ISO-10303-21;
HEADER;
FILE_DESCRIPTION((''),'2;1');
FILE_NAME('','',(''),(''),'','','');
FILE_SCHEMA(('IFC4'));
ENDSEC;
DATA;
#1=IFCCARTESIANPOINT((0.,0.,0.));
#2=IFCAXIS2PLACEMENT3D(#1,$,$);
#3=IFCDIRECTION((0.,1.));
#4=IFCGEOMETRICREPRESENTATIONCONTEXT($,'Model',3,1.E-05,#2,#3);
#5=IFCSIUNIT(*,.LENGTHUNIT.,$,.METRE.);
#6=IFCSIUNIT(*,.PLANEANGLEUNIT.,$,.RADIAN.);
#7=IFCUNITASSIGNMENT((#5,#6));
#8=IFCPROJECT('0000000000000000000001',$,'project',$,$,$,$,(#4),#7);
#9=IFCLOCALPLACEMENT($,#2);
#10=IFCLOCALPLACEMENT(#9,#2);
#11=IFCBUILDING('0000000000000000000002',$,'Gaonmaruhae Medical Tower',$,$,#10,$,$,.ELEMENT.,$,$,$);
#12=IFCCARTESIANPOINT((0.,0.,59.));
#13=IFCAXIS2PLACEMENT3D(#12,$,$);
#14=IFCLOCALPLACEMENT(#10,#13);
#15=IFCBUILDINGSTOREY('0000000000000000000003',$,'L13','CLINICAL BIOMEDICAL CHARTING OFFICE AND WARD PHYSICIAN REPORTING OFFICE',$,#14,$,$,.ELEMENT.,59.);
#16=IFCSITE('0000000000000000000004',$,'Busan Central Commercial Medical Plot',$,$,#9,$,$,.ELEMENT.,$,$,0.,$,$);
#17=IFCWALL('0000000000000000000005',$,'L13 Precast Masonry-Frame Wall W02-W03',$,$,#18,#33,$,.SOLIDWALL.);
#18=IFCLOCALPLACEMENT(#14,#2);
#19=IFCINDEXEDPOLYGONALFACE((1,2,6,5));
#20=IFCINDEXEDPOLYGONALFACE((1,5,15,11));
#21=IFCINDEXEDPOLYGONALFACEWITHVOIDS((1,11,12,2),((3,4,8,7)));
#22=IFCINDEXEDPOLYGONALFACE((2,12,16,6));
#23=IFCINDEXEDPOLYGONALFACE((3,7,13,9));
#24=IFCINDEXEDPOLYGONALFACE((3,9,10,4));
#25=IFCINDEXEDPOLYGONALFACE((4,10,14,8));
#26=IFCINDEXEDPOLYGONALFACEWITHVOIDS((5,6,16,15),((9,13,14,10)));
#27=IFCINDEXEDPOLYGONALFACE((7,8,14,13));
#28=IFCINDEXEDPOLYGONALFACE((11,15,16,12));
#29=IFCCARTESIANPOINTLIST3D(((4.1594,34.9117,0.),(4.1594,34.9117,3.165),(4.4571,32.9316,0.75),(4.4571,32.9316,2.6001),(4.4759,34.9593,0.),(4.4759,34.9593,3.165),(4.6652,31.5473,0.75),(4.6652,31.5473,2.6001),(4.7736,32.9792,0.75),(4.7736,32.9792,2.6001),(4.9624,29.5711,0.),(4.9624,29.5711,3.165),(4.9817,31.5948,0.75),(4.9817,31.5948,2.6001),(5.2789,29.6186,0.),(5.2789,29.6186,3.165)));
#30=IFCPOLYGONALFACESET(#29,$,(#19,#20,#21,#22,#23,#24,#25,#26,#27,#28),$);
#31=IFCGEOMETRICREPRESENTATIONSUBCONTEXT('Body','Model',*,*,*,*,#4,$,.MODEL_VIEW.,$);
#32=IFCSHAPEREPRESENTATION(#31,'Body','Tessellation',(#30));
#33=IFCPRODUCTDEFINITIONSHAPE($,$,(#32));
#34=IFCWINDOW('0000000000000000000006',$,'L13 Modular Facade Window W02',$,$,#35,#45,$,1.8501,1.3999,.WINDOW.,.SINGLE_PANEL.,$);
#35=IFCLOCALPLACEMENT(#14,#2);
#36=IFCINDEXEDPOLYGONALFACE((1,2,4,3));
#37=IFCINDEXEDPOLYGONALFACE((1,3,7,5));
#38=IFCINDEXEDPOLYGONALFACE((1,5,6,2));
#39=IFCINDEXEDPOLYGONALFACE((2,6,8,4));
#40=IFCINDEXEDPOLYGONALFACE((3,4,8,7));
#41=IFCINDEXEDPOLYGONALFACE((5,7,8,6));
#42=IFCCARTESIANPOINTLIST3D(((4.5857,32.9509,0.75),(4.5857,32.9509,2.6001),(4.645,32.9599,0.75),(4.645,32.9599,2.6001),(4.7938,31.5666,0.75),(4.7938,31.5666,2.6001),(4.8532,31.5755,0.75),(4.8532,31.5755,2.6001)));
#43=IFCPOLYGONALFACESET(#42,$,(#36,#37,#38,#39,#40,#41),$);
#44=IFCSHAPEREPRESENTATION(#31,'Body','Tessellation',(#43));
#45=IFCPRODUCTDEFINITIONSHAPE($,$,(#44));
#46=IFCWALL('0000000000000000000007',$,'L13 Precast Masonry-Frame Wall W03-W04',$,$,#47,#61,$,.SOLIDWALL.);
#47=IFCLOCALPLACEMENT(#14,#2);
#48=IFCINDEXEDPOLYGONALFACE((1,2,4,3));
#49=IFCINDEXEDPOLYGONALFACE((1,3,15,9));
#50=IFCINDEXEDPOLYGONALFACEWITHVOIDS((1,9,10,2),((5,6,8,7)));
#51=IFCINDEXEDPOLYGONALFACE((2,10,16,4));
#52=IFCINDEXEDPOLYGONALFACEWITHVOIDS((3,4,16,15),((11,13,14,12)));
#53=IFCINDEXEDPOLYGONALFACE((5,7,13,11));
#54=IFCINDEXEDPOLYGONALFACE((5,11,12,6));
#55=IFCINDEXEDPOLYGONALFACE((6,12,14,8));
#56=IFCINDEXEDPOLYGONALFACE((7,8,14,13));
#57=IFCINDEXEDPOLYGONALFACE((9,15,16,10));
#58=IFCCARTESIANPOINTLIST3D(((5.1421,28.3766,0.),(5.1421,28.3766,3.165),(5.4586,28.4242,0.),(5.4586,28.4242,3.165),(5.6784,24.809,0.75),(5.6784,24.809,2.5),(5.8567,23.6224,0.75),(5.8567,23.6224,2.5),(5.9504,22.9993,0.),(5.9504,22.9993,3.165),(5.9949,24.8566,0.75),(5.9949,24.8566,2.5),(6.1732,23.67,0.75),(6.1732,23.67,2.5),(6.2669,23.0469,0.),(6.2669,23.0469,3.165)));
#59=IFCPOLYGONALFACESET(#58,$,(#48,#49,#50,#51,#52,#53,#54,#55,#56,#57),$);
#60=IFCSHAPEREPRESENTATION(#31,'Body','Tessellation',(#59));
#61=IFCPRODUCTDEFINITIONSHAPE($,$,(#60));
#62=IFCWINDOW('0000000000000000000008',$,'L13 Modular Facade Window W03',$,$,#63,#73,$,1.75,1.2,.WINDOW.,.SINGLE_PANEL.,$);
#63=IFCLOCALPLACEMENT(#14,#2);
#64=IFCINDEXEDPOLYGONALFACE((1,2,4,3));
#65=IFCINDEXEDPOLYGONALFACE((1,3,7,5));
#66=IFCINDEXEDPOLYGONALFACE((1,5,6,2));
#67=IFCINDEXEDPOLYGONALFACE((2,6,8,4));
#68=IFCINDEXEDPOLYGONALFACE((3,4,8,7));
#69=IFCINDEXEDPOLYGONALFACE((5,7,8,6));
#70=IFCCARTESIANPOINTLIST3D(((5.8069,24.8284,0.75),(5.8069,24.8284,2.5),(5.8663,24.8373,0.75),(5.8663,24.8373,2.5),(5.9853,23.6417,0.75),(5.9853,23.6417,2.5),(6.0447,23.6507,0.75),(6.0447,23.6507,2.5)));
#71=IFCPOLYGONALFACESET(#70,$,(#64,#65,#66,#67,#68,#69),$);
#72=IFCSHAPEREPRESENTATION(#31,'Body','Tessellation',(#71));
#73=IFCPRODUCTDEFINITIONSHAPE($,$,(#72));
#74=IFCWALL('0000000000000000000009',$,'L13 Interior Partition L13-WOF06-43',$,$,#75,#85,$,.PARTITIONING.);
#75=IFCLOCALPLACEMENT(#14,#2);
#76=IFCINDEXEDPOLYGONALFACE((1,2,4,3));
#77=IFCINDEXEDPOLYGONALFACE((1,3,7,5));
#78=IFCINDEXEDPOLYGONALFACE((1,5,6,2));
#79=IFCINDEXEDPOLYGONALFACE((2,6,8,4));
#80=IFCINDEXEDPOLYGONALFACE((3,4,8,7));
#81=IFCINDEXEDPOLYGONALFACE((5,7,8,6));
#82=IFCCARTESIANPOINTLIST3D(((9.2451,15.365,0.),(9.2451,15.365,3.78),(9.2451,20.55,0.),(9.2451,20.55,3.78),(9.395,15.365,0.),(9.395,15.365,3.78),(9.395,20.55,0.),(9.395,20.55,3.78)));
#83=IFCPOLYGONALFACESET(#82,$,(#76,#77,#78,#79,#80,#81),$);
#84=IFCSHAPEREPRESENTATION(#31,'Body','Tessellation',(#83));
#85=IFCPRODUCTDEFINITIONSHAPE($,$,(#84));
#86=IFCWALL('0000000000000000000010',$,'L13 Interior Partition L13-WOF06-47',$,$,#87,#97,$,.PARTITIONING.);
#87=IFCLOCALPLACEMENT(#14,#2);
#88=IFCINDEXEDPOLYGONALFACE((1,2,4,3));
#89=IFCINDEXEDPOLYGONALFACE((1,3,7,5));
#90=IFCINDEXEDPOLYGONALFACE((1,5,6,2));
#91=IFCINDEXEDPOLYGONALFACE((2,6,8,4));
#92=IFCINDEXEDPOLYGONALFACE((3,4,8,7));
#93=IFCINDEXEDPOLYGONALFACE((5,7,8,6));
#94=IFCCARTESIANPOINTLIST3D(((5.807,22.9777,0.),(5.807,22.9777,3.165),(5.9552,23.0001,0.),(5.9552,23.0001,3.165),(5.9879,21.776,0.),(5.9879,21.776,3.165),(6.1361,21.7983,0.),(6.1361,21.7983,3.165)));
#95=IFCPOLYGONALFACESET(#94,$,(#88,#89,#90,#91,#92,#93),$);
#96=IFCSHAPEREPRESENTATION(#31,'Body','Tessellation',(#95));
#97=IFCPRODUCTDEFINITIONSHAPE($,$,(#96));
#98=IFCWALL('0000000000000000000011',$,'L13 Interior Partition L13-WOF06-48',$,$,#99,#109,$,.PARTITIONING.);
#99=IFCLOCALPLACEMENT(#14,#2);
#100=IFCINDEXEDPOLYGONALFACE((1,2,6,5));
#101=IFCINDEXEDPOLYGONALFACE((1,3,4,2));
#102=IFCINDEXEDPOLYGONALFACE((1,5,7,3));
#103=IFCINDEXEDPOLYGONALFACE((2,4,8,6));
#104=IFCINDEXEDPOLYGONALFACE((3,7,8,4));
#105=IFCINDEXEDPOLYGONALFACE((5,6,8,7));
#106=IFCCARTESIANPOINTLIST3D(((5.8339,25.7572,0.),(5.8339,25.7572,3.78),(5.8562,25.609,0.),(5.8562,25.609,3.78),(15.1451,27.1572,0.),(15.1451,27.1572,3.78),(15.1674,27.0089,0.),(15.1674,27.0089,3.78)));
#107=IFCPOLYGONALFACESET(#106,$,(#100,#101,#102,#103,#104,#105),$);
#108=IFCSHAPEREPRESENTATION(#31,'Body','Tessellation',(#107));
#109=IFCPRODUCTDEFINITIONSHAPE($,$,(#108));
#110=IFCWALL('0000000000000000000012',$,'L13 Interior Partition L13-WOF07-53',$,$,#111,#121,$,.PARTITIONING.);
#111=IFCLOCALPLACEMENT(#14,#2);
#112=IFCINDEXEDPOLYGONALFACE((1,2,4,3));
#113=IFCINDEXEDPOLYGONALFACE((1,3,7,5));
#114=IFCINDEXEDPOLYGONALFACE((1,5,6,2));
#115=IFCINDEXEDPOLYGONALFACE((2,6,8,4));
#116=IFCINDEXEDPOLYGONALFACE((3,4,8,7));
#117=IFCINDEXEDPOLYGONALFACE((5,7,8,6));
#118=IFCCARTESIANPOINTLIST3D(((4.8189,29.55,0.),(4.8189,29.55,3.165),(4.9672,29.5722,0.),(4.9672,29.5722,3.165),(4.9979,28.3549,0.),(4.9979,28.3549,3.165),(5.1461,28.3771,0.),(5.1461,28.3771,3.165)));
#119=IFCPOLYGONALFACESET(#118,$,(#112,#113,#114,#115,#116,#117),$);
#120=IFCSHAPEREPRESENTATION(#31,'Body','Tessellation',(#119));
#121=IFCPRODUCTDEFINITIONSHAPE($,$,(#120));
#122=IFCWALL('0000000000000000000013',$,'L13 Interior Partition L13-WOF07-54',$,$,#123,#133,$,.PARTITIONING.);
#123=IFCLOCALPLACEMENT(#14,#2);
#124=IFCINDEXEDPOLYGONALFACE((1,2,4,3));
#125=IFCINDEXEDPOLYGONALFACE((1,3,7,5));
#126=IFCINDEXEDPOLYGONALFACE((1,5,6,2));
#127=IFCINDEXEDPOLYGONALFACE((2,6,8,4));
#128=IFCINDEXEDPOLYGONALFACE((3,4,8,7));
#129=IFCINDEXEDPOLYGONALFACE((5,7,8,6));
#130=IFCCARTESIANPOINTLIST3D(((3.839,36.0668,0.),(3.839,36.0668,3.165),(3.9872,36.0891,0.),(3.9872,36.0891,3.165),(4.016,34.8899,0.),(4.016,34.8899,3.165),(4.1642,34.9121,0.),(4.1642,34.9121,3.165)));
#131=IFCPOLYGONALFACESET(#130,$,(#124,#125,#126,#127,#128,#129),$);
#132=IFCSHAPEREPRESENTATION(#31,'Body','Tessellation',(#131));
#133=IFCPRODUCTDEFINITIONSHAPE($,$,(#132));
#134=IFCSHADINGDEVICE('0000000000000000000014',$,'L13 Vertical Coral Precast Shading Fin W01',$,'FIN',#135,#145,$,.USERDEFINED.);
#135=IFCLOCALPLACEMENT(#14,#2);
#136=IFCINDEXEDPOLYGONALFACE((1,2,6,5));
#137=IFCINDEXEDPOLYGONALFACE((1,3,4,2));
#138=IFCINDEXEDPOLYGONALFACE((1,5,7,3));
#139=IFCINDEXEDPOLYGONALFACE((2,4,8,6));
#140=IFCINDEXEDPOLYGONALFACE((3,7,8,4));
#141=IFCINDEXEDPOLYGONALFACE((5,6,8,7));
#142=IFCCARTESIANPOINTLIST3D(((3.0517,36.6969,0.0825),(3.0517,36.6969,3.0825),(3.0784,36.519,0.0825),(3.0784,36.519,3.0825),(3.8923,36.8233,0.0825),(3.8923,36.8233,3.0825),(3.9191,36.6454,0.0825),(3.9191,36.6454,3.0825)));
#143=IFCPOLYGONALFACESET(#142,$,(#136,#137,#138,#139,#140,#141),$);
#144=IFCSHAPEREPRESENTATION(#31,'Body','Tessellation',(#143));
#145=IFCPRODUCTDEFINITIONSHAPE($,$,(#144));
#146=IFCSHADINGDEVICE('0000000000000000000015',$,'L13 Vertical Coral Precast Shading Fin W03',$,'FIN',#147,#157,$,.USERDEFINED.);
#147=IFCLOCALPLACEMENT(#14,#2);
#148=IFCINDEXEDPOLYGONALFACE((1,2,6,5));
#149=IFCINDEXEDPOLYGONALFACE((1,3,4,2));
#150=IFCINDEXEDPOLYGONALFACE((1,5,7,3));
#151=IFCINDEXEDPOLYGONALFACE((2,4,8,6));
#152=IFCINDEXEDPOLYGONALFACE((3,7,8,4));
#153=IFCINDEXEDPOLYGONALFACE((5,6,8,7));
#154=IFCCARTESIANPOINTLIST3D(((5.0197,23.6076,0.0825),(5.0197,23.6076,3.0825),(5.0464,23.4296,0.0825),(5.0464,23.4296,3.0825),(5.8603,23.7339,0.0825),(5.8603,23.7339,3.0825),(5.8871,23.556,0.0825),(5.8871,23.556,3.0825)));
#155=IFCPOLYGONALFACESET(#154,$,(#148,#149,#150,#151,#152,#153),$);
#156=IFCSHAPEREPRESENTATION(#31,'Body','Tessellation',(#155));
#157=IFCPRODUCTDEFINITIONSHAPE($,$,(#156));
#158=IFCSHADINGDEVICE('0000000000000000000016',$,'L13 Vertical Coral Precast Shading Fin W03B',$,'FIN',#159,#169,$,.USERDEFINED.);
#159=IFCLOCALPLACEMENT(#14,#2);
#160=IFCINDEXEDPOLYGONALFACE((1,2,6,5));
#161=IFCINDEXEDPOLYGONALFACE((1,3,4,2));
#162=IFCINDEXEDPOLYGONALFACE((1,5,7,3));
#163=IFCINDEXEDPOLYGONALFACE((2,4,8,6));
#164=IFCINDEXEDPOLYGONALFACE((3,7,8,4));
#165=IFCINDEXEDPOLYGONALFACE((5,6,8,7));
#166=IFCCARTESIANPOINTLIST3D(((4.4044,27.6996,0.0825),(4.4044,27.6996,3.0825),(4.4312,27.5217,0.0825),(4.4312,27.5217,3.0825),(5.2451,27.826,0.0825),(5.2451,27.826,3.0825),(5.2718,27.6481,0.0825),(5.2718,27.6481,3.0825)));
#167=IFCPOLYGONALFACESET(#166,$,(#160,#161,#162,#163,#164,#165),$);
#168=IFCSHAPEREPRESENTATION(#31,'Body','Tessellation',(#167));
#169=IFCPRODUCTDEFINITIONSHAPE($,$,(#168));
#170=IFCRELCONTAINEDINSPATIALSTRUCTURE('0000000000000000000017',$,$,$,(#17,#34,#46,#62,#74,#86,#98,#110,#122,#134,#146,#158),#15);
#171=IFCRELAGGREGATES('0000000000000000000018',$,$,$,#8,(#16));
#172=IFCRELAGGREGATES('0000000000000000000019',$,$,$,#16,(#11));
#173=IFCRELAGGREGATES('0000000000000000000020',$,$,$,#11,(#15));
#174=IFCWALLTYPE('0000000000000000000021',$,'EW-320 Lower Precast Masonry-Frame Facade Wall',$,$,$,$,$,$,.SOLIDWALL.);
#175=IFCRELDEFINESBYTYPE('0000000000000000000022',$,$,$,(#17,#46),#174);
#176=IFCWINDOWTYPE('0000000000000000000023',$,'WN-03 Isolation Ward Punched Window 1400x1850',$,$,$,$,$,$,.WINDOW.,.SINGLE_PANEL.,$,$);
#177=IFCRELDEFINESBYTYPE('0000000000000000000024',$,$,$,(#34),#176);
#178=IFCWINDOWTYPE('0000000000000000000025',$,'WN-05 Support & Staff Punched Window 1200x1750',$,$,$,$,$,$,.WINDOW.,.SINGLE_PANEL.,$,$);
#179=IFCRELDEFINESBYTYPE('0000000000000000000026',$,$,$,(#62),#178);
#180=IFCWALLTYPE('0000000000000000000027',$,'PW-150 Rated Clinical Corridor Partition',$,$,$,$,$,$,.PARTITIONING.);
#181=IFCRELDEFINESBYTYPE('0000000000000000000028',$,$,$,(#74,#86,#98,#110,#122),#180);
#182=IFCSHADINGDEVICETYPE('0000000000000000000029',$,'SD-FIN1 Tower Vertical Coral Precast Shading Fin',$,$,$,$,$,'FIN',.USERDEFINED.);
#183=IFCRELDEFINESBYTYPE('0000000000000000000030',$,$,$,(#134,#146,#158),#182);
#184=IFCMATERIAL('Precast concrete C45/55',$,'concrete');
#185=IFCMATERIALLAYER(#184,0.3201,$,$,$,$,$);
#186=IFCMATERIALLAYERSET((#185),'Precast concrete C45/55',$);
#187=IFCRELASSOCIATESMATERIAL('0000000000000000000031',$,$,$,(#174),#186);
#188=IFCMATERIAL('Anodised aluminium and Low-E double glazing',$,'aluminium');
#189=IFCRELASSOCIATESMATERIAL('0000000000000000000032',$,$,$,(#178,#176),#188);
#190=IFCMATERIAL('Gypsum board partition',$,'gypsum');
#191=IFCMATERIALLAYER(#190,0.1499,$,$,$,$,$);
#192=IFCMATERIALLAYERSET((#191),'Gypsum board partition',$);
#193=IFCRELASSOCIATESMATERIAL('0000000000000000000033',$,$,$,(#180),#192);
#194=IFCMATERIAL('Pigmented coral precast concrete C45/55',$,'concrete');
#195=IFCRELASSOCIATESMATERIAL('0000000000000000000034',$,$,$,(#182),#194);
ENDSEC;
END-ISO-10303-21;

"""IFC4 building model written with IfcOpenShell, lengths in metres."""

from ifc_helpers import new_model, si_unit, direction, frame, frame_2d, origin, origin_2d, place, context, subcontext, project, spatial, rectangle, extrude, material, layer, layer_set, type_object, element, fill, save


model = new_model("IFC4")

# Units and contexts
model_context = context("Model", 3, precision=1e-05, world=origin(), true_north=direction((0.0, 1.0)))
body_context = subcontext(model_context, "Body", "Model", "MODEL_VIEW")
ifc_project = project(units=[si_unit("LENGTHUNIT", "METRE"), si_unit("PLANEANGLEUNIT", "RADIAN")], contexts=[model_context])

# Site, building, storey
site_placement = place(None, origin())
site = spatial("IfcSite", under=ifc_project, at=site_placement, Name="Busan Central Commercial Medical Plot", CompositionType="ELEMENT", RefElevation=0.0)
building_placement = place(site_placement, origin())
building = spatial("IfcBuilding", under=site, at=building_placement, Name="Gaonmaruhae Medical Tower", CompositionType="ELEMENT")
storey_placement = place(building_placement, frame((0.0, 0.0, 59.0)))
storey = spatial("IfcBuildingStorey", under=building, at=storey_placement, Name="L13", Description="CLINICAL BIOMEDICAL CHARTING OFFICE AND WARD PHYSICIAN REPORTING OFFICE", CompositionType="ELEMENT", Elevation=59.0)

# Walls, openings, windows
ifc_material_1 = material(Name="Precast concrete C45/55", Category="concrete")
ifc_layer_1 = layer(ifc_material_1, 0.3201)
ifc_layer_set_1 = layer_set([ifc_layer_1], Name="Precast concrete C45/55")
wall_type_1 = type_object("IfcWallType", Name="EW-320 Lower Precast Masonry-Frame Facade Wall", PredefinedType="SOLIDWALL", material=ifc_layer_set_1)
ifc_material_2 = material(Name="Anodised aluminium and Low-E double glazing", Category="aluminium")
window_type_1 = type_object("IfcWindowType", Name="WN-05 Support & Staff Punched Window 1200x1750", PartitioningType="SINGLE_PANEL", PredefinedType="WINDOW", material=ifc_material_2)
wall_1_placement = place(storey_placement, frame((5.1206, 29.595, 0.0), z_axis=(0.0, 0.0, 1.0), x_axis=(-0.148683, 0.988885, 0.0)))
wall_1 = element("IfcWall", 1, at=wall_1_placement, inside=storey, type_object=wall_type_1, Name="L13 Precast Masonry-Frame Wall W02-W03", PredefinedType="SOLIDWALL", context=body_context, shape_type="SweptSolid", body=[
    extrude(rectangle(XDim=5.4006, YDim=0.3201, at=frame_2d((2.7002, 0.0))), origin(), (0.0, 0.0, 1.0), 3.165),
])
opening_1_placement = place(wall_1_placement, frame((1.9983, 0.0, 0.75)))
opening_1 = element("IfcOpeningElement", 2, at=opening_1_placement, cuts=wall_1, PredefinedType="OPENING", context=body_context, shape_type="SweptSolid", body=[
    extrude(rectangle(XDim=1.3999, YDim=1.8501, at=frame_2d((0.7, 0.925))), frame((0.0, 0.1699, 0.0), z_axis=(0.0, -1.0, 0.0), x_axis=(1.0, 0.0, 0.0)), (0.0, 0.0, 1.0), 0.3401),
])
window_type_2 = type_object("IfcWindowType", Name="WN-03 Isolation Ward Punched Window 1400x1850", PartitioningType="SINGLE_PANEL", PredefinedType="WINDOW", material=ifc_material_2)
window_1_placement = place(opening_1_placement, origin())
window_1 = element("IfcWindow", 3, at=window_1_placement, inside=storey, type_object=window_type_2, Name="L13 Modular Facade Window W02", OverallHeight=1.8501, OverallWidth=1.3999, PartitioningType="SINGLE_PANEL", PredefinedType="WINDOW", context=body_context, shape_type="SweptSolid", body=[
    extrude(rectangle(XDim=1.3999, YDim=1.8501, at=frame_2d((0.7, 0.925))), frame((0.0, 0.03, 0.0), z_axis=(0.0, -1.0, 0.0), x_axis=(1.0, 0.0, 0.0)), (0.0, 0.0, 1.0), 0.0601),
])
fill(opening_1, window_1)
wall_2_placement = place(storey_placement, frame((6.1086, 23.0232, 0.0), z_axis=(0.0, 0.0, 1.0), x_axis=(-0.148652, 0.98889, 0.0)))
wall_2 = element("IfcWall", 4, at=wall_2_placement, inside=storey, type_object=wall_type_1, Name="L13 Precast Masonry-Frame Wall W03-W04", PredefinedType="SOLIDWALL", context=body_context, shape_type="SweptSolid", body=[
    extrude(rectangle(XDim=5.4377, YDim=0.3201, at=frame_2d((2.7188, 0.0))), origin(), (0.0, 0.0, 1.0), 3.165),
])
opening_2_placement = place(wall_2_placement, frame((0.6299, 0.0, 0.75)))
opening_2 = element("IfcOpeningElement", 5, at=opening_2_placement, cuts=wall_2, PredefinedType="OPENING", context=body_context, shape_type="SweptSolid", body=[
    extrude(rectangle(XDim=1.2, YDim=1.75, at=frame_2d((0.6001, 0.875))), frame((0.0, 0.1699, 0.0), z_axis=(0.0, -1.0, 0.0), x_axis=(1.0, 0.0, 0.0)), (0.0, 0.0, 1.0), 0.3401),
])
window_2_placement = place(opening_2_placement, origin())
window_2 = element("IfcWindow", 6, at=window_2_placement, inside=storey, type_object=window_type_1, Name="L13 Modular Facade Window W03", OverallHeight=1.75, OverallWidth=1.2, PartitioningType="SINGLE_PANEL", PredefinedType="WINDOW", context=body_context, shape_type="SweptSolid", body=[
    extrude(rectangle(XDim=1.2, YDim=1.75, at=frame_2d((0.6001, 0.875))), frame((0.0, 0.03, 0.0), z_axis=(0.0, -1.0, 0.0), x_axis=(1.0, 0.0, 0.0)), (0.0, 0.0, 1.0), 0.0601),
])
fill(opening_2, window_2)

# Walls
ifc_material_3 = material(Name="Gypsum board partition", Category="gypsum")
ifc_layer_2 = layer(ifc_material_3, 0.1499)
ifc_layer_set_2 = layer_set([ifc_layer_2], Name="Gypsum board partition")
wall_type_2 = type_object("IfcWallType", Name="PW-150 Rated Clinical Corridor Partition", PredefinedType="PARTITIONING", material=ifc_layer_set_2)
wall_3_placement = place(storey_placement, frame((9.3201, 20.55, 0.0), z_axis=(0.0, 0.0, 1.0), x_axis=(0.0, -1.0, 0.0)))
element("IfcWall", 7, at=wall_3_placement, inside=storey, type_object=wall_type_2, Name="L13 Interior Partition L13-WOF06-43", PredefinedType="PARTITIONING", context=body_context, shape_type="SweptSolid", body=[
    extrude(rectangle(XDim=5.1851, YDim=0.1499, at=frame_2d((2.5925, 0.0))), origin(), (0.0, 0.0, 1.0), 3.78),
])
wall_4_placement = place(storey_placement, frame((6.062, 21.7871, 0.0), z_axis=(0.0, 0.0, 1.0), x_axis=(-0.148841, 0.988861, 0.0)))
element("IfcWall", 8, at=wall_4_placement, inside=storey, type_object=wall_type_2, Name="L13 Interior Partition L13-WOF06-47", PredefinedType="PARTITIONING", context=body_context, shape_type="SweptSolid", body=[
    extrude(rectangle(XDim=1.2153, YDim=0.1499, at=frame_2d((0.6077, 0.0))), origin(), (0.0, 0.0, 1.0), 3.165),
])
wall_5_placement = place(storey_placement, frame((5.845, 25.6831, 0.0), z_axis=(0.0, 0.0, 1.0), x_axis=(0.988886, 0.148678, 0.0)))
element("IfcWall", 9, at=wall_5_placement, inside=storey, type_object=wall_type_2, Name="L13 Interior Partition L13-WOF06-48", PredefinedType="PARTITIONING", context=body_context, shape_type="SweptSolid", body=[
    extrude(rectangle(XDim=9.4158, YDim=0.1499, at=frame_2d((4.708, 0.0))), origin(), (0.0, 0.0, 1.0), 3.78),
])
wall_6_placement = place(storey_placement, frame((5.072, 28.366, 0.0), z_axis=(0.0, 0.0, 1.0), x_axis=(-0.148093, 0.988973, 0.0)))
element("IfcWall", 10, at=wall_6_placement, inside=storey, type_object=wall_type_2, Name="L13 Interior Partition L13-WOF07-53", PredefinedType="PARTITIONING", context=body_context, shape_type="SweptSolid", body=[
    extrude(rectangle(XDim=1.2085, YDim=0.1499, at=frame_2d((0.6042, 0.0))), origin(), (0.0, 0.0, 1.0), 3.165),
])
wall_7_placement = place(storey_placement, frame((4.0901, 34.9009, 0.0), z_axis=(0.0, 0.0, 1.0), x_axis=(-0.148712, 0.988881, 0.0)))
element("IfcWall", 11, at=wall_7_placement, inside=storey, type_object=wall_type_2, Name="L13 Interior Partition L13-WOF07-54", PredefinedType="PARTITIONING", context=body_context, shape_type="SweptSolid", body=[
    extrude(rectangle(XDim=1.1902, YDim=0.1499, at=frame_2d((0.5952, 0.0))), origin(), (0.0, 0.0, 1.0), 3.165),
])

# Shading devices
ifc_material_4 = material(Name="Pigmented coral precast concrete C45/55", Category="concrete")
shading_device_type = type_object("IfcShadingDeviceType", Name="SD-FIN1 Tower Vertical Coral Precast Shading Fin", ElementType="FIN", PredefinedType="USERDEFINED", material=ifc_material_4)
for number, where, z_axis, x_axis, name in (
    (12, (3.4854, 36.6711, 0.0825), (0.0, 0.0, 1.0), (-0.14869, 0.988884, 0.0), "L13 Vertical Coral Precast Shading Fin W01"),
    (13, (5.4534, 23.5818, 0.0825), (0.0, 0.0, 1.0), (-0.148672, 0.988886, 0.0), "L13 Vertical Coral Precast Shading Fin W03"),
    (14, (4.8381, 27.6738, 0.0825), (0.0, 0.0, 1.0), (-0.148672, 0.988886, 0.0), "L13 Vertical Coral Precast Shading Fin W03B"),
):
    element("IfcShadingDevice", number, at=place(storey_placement, frame(where, z_axis=z_axis, x_axis=x_axis)), inside=storey, type_object=shading_device_type, Name=name, ObjectType="FIN", PredefinedType="USERDEFINED", context=body_context, shape_type="SweptSolid", body=[
        extrude(rectangle(XDim=0.1799, YDim=0.8501, at=origin_2d()), origin(), (0.0, 0.0, 1.0), 3.0),
    ])

save(model, "model.ifc")
